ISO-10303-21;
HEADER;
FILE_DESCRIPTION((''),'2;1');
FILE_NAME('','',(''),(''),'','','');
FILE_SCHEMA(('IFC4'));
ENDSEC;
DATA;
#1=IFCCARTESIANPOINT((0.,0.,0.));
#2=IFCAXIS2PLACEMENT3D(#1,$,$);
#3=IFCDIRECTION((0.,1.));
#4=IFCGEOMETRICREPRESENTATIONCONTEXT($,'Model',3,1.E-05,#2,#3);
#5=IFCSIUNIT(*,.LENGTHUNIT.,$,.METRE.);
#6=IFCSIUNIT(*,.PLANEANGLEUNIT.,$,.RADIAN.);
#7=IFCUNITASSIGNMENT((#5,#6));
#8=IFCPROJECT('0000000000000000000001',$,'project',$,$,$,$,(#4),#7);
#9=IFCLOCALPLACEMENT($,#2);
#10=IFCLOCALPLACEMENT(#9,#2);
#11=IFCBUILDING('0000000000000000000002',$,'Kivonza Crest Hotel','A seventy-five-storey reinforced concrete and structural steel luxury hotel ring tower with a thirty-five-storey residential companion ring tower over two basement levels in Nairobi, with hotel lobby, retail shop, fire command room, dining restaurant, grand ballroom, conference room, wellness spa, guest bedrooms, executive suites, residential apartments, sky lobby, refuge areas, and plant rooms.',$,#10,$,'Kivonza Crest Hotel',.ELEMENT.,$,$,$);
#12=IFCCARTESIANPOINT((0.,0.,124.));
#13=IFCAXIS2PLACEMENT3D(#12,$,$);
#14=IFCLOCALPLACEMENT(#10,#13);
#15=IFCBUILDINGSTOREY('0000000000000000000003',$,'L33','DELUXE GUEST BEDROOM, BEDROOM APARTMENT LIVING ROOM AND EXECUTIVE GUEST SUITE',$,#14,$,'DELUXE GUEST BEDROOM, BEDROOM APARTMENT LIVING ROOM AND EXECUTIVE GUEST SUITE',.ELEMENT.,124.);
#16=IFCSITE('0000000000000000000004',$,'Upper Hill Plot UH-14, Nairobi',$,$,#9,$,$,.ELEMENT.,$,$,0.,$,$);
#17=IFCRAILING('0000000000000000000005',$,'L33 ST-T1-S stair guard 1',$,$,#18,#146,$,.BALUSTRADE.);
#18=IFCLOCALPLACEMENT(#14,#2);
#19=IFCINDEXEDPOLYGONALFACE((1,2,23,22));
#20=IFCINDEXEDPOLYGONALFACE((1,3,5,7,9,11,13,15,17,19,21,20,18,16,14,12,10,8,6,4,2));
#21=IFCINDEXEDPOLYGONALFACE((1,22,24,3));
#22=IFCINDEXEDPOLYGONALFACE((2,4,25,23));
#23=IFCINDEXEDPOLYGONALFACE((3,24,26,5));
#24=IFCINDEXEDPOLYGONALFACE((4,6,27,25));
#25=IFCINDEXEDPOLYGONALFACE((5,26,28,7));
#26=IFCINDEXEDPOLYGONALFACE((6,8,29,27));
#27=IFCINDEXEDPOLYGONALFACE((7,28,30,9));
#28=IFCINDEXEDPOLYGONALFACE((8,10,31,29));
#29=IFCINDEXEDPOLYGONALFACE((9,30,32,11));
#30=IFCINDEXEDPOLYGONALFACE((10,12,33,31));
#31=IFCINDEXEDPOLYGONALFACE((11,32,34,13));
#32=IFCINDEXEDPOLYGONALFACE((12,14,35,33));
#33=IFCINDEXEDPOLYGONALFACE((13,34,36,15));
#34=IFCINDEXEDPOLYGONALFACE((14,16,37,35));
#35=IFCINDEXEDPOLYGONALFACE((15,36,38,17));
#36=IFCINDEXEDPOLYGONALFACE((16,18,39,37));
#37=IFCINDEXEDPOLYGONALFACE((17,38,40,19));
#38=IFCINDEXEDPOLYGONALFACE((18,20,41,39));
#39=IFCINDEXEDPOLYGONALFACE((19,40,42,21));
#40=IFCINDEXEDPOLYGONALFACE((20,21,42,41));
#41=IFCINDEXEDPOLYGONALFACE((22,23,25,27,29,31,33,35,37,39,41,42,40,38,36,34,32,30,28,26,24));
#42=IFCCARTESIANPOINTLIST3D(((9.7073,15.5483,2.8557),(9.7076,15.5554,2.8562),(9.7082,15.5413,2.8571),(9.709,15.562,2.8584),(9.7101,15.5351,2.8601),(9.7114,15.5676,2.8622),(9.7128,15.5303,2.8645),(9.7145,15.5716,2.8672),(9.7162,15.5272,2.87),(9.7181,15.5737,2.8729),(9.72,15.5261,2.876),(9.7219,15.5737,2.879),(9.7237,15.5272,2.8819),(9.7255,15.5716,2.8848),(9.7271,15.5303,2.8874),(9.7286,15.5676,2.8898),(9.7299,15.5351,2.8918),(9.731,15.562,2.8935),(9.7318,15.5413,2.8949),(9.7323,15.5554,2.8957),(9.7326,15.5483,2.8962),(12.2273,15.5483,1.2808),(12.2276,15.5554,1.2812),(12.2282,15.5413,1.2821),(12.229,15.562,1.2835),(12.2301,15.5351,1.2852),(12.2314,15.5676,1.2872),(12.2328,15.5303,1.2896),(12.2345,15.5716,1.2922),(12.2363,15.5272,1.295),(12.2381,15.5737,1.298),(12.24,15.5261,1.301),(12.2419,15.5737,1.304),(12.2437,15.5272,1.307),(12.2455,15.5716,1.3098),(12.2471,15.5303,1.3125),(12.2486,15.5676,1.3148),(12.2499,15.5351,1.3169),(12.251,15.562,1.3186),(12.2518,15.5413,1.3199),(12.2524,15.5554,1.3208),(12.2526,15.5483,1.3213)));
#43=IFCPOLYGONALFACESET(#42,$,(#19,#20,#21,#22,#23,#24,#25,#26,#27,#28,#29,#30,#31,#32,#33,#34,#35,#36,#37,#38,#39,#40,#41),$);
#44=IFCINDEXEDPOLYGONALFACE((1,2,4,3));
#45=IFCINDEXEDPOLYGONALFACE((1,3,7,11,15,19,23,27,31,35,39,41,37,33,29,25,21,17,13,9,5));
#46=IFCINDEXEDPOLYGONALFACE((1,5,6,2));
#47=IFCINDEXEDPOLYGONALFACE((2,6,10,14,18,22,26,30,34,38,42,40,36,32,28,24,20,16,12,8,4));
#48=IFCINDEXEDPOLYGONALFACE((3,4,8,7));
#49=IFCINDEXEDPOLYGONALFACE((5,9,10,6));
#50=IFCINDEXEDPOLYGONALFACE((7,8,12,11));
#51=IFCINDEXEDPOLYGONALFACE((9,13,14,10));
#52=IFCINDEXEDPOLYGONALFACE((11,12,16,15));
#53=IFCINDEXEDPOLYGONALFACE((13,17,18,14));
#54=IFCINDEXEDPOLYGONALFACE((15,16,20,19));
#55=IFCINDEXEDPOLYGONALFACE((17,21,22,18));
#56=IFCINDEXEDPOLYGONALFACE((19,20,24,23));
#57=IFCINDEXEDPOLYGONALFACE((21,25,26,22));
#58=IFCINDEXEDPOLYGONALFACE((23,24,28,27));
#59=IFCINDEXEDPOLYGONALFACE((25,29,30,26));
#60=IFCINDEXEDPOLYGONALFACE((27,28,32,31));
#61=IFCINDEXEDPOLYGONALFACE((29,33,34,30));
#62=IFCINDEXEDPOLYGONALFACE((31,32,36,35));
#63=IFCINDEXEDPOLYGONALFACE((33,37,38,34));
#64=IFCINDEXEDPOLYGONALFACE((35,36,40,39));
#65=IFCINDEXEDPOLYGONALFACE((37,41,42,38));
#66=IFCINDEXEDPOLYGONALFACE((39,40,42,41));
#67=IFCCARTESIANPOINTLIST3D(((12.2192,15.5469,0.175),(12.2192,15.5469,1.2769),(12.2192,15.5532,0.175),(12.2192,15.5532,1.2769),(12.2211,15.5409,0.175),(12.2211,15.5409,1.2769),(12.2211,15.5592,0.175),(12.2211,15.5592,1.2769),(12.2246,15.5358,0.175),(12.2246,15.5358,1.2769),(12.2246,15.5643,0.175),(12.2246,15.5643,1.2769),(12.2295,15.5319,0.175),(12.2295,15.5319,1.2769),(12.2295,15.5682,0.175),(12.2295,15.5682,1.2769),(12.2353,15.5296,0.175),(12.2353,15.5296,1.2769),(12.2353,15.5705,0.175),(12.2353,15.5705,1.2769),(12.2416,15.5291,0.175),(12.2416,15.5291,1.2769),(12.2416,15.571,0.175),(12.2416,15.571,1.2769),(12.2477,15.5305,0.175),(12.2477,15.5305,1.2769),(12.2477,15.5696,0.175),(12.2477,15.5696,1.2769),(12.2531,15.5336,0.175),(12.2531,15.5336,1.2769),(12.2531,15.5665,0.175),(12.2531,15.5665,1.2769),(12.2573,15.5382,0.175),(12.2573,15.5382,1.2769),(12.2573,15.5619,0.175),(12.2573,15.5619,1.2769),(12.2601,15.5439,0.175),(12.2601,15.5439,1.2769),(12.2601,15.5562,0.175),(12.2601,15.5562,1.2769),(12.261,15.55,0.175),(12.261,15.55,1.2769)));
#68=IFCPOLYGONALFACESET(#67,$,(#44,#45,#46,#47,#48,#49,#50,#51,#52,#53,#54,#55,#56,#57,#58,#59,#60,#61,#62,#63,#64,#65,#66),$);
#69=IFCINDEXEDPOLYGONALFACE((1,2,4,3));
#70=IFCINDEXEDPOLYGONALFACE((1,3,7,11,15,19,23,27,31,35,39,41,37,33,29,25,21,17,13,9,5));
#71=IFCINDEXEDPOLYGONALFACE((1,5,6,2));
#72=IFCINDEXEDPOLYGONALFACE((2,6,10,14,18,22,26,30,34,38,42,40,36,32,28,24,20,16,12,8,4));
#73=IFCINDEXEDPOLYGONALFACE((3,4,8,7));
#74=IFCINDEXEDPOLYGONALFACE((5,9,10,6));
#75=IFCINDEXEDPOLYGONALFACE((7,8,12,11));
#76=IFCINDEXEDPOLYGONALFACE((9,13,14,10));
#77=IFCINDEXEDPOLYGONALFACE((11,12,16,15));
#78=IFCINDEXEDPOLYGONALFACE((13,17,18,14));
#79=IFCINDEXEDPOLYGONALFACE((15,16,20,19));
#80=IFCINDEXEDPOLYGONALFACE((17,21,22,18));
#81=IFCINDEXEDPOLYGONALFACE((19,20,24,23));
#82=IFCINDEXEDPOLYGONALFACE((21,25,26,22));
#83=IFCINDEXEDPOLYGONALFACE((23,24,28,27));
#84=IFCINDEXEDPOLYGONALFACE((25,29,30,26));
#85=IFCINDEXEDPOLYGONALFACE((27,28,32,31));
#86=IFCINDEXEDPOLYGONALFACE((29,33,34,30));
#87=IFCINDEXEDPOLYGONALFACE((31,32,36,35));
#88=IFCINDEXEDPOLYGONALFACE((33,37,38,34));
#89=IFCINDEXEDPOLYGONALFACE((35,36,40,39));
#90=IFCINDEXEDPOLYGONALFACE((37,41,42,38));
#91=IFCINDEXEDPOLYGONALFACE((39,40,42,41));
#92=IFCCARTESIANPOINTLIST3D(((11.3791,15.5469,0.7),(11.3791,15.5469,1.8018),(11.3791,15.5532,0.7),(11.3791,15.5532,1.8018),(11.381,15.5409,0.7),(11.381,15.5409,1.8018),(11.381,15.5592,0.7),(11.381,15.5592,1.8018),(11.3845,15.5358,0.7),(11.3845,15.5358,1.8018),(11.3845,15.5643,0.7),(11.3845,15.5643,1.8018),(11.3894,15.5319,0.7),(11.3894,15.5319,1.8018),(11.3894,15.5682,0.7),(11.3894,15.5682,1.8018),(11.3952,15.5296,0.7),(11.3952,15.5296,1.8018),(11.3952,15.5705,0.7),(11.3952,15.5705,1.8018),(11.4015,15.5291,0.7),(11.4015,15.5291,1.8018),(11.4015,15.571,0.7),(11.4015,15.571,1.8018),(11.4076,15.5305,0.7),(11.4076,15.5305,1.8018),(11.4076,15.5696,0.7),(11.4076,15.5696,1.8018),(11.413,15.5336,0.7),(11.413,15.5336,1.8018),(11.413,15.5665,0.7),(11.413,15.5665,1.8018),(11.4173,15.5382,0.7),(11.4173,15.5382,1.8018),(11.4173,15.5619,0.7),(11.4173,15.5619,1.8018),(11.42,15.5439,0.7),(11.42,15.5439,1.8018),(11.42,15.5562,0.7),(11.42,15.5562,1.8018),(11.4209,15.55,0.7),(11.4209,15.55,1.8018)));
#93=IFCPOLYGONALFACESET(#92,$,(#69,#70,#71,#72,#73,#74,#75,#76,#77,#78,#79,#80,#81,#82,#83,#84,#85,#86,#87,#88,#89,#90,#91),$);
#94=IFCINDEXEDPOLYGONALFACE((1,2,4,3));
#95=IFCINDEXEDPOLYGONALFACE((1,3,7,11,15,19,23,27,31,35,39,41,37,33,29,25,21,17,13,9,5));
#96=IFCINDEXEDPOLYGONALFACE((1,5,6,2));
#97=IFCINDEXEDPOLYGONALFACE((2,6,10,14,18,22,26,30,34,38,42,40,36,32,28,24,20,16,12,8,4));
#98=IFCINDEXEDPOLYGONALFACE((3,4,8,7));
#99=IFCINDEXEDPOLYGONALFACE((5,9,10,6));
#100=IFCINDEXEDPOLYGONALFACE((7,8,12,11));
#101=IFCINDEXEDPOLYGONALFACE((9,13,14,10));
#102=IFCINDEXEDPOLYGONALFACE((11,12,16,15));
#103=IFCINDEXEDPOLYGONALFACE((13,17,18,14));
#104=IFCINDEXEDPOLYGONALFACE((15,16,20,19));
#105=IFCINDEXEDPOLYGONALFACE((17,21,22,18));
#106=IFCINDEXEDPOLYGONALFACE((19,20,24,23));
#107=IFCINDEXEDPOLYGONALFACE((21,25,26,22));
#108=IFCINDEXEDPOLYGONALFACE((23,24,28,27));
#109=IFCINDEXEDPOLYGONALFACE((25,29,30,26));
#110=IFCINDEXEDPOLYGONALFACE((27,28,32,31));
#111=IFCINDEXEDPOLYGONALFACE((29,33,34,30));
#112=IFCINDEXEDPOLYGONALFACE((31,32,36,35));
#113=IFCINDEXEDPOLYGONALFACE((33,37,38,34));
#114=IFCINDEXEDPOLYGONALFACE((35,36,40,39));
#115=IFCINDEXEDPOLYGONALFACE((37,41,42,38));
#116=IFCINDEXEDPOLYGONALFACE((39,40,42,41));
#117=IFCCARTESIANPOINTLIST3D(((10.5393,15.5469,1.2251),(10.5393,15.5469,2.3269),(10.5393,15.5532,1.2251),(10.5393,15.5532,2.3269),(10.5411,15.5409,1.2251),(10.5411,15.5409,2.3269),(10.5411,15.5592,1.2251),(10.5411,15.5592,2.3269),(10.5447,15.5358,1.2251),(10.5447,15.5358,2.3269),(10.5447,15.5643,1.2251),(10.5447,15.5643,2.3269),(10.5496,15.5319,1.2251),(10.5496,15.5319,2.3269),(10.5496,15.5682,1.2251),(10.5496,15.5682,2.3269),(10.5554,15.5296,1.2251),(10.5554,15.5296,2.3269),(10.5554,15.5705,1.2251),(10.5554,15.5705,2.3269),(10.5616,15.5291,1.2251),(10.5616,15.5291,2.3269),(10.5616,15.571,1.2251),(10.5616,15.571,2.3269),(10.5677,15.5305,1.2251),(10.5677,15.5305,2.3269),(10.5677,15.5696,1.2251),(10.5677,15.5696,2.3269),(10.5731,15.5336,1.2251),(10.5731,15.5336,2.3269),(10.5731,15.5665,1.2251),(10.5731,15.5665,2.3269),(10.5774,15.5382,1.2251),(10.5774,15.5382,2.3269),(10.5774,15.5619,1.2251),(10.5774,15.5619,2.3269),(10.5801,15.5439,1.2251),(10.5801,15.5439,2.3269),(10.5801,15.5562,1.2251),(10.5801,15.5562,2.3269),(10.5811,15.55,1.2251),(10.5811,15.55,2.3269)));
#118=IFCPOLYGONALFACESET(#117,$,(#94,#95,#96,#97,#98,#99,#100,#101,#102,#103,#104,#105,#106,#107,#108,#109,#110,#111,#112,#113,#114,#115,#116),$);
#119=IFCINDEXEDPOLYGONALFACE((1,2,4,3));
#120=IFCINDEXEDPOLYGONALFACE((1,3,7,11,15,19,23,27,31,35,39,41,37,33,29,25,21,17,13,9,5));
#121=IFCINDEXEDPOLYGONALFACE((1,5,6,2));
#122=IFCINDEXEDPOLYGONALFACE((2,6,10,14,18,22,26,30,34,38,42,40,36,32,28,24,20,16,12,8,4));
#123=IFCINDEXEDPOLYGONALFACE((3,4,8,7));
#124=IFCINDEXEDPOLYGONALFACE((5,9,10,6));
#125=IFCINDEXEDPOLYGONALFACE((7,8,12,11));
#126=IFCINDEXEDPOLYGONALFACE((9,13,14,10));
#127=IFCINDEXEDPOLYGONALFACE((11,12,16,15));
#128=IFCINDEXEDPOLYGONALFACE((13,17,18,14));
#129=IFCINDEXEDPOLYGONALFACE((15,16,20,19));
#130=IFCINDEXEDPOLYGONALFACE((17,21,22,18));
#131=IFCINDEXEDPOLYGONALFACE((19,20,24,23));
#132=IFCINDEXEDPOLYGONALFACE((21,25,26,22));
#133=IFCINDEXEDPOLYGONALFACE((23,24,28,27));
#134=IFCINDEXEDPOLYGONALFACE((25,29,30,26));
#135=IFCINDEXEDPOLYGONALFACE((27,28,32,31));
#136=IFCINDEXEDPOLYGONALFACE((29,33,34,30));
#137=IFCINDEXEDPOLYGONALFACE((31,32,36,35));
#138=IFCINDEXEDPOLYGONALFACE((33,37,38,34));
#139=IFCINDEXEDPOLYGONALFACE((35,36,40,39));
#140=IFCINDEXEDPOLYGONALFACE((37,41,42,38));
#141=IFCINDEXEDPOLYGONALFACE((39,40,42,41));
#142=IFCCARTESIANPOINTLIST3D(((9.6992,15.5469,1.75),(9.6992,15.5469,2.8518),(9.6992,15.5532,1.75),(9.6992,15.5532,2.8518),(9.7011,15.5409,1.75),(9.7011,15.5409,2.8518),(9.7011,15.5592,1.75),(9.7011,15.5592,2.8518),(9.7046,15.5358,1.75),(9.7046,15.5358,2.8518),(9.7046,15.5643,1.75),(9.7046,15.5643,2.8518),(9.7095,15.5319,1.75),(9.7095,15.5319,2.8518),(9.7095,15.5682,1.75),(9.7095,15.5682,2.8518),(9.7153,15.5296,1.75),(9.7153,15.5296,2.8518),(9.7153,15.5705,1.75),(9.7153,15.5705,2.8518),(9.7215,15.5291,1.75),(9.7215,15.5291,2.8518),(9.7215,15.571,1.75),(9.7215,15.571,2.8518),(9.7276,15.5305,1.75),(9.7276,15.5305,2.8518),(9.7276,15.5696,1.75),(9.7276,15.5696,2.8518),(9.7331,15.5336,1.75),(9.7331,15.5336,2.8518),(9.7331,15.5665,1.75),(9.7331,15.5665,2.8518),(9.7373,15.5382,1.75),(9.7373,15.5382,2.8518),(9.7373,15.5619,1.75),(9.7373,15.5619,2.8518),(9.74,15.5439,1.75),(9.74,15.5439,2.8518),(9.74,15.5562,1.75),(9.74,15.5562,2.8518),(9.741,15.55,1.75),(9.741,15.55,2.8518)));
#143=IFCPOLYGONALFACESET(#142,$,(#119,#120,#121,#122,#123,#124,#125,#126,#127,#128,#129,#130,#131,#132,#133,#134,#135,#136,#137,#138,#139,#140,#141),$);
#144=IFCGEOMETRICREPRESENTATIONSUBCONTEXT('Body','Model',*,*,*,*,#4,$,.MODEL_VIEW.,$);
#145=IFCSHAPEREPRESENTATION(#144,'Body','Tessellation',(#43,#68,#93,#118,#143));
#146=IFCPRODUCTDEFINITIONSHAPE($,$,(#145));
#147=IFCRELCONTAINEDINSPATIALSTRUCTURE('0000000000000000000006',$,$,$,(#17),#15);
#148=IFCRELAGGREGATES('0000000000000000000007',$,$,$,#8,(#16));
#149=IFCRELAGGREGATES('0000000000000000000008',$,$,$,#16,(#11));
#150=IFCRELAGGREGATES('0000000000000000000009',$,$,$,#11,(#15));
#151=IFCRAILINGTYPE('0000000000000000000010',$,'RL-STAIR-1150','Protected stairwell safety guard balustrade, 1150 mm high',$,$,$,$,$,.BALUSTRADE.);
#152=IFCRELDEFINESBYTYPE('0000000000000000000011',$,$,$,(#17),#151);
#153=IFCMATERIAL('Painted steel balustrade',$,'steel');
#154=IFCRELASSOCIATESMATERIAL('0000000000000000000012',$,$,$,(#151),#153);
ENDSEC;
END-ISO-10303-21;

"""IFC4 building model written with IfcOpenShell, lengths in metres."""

from ifc_helpers import new_model, si_unit, direction, frame, origin, origin_2d, place, context, subcontext, project, spatial, circle, extrude, material, type_object, element, save


model = new_model("IFC4")

# Units and contexts
model_context = context("Model", 3, precision=1e-05, world=origin(), true_north=direction((0.0, 1.0)))
body_context = subcontext(model_context, "Body", "Model", "MODEL_VIEW")
ifc_project = project(units=[si_unit("LENGTHUNIT", "METRE"), si_unit("PLANEANGLEUNIT", "RADIAN")], contexts=[model_context])

# Site, building, storey
site_placement = place(None, origin())
site = spatial("IfcSite", under=ifc_project, at=site_placement, Name="Upper Hill Plot UH-14, Nairobi", CompositionType="ELEMENT", RefElevation=0.0)
building_placement = place(site_placement, origin())
building = spatial("IfcBuilding", under=site, at=building_placement, Name="Kivonza Crest Hotel", Description="A seventy-five-storey reinforced concrete and structural steel luxury hotel ring tower with a thirty-five-storey residential companion ring tower over two basement levels in Nairobi, with hotel lobby, retail shop, fire command room, dining restaurant, grand ballroom, conference room, wellness spa, guest bedrooms, executive suites, residential apartments, sky lobby, refuge areas, and plant rooms.", LongName="Kivonza Crest Hotel", CompositionType="ELEMENT")
storey_placement = place(building_placement, frame((0.0, 0.0, 124.0)))
storey = spatial("IfcBuildingStorey", under=building, at=storey_placement, Name="L33", Description="DELUXE GUEST BEDROOM, BEDROOM APARTMENT LIVING ROOM AND EXECUTIVE GUEST SUITE", LongName="DELUXE GUEST BEDROOM, BEDROOM APARTMENT LIVING ROOM AND EXECUTIVE GUEST SUITE", CompositionType="ELEMENT", Elevation=124.0)

# Railing
ifc_material_1 = material(Name="Painted steel balustrade", Category="steel")
railing_type_1 = type_object("IfcRailingType", Name="RL-STAIR-1150", Description="Protected stairwell safety guard balustrade, 1150 mm high", PredefinedType="BALUSTRADE", material=ifc_material_1)
railing_1_placement = place(storey_placement, frame((12.24, 15.55, 0.175)))
element("IfcRailing", 1, at=railing_1_placement, inside=storey, type_object=railing_type_1, Name="L33 ST-T1-S stair guard 1", PredefinedType="BALUSTRADE", context=body_context, shape_type="SweptSolid", body=[
    extrude(circle(Radius=0.0239, at=origin_2d()), frame((0.0, 0.0, 1.126), z_axis=(-0.848008, 0.0, 0.529984), x_axis=(0.0, -1.0, 0.0)), (0.0, 0.0, 1.0), 2.9717),
    extrude(circle(Radius=0.021, at=origin_2d()), origin(), (0.0, 0.0, 1.0), 1.1018),
    extrude(circle(Radius=0.021, at=origin_2d()), frame((-0.8401, 0.0, 0.5249)), (0.0, 0.0, 1.0), 1.1018),
    extrude(circle(Radius=0.021, at=origin_2d()), frame((-1.6799, 0.0, 1.05)), (0.0, 0.0, 1.0), 1.1018),
    extrude(circle(Radius=0.021, at=origin_2d()), frame((-2.52, 0.0, 1.575)), (0.0, 0.0, 1.0), 1.1018),
])

save(model, "model.ifc")
